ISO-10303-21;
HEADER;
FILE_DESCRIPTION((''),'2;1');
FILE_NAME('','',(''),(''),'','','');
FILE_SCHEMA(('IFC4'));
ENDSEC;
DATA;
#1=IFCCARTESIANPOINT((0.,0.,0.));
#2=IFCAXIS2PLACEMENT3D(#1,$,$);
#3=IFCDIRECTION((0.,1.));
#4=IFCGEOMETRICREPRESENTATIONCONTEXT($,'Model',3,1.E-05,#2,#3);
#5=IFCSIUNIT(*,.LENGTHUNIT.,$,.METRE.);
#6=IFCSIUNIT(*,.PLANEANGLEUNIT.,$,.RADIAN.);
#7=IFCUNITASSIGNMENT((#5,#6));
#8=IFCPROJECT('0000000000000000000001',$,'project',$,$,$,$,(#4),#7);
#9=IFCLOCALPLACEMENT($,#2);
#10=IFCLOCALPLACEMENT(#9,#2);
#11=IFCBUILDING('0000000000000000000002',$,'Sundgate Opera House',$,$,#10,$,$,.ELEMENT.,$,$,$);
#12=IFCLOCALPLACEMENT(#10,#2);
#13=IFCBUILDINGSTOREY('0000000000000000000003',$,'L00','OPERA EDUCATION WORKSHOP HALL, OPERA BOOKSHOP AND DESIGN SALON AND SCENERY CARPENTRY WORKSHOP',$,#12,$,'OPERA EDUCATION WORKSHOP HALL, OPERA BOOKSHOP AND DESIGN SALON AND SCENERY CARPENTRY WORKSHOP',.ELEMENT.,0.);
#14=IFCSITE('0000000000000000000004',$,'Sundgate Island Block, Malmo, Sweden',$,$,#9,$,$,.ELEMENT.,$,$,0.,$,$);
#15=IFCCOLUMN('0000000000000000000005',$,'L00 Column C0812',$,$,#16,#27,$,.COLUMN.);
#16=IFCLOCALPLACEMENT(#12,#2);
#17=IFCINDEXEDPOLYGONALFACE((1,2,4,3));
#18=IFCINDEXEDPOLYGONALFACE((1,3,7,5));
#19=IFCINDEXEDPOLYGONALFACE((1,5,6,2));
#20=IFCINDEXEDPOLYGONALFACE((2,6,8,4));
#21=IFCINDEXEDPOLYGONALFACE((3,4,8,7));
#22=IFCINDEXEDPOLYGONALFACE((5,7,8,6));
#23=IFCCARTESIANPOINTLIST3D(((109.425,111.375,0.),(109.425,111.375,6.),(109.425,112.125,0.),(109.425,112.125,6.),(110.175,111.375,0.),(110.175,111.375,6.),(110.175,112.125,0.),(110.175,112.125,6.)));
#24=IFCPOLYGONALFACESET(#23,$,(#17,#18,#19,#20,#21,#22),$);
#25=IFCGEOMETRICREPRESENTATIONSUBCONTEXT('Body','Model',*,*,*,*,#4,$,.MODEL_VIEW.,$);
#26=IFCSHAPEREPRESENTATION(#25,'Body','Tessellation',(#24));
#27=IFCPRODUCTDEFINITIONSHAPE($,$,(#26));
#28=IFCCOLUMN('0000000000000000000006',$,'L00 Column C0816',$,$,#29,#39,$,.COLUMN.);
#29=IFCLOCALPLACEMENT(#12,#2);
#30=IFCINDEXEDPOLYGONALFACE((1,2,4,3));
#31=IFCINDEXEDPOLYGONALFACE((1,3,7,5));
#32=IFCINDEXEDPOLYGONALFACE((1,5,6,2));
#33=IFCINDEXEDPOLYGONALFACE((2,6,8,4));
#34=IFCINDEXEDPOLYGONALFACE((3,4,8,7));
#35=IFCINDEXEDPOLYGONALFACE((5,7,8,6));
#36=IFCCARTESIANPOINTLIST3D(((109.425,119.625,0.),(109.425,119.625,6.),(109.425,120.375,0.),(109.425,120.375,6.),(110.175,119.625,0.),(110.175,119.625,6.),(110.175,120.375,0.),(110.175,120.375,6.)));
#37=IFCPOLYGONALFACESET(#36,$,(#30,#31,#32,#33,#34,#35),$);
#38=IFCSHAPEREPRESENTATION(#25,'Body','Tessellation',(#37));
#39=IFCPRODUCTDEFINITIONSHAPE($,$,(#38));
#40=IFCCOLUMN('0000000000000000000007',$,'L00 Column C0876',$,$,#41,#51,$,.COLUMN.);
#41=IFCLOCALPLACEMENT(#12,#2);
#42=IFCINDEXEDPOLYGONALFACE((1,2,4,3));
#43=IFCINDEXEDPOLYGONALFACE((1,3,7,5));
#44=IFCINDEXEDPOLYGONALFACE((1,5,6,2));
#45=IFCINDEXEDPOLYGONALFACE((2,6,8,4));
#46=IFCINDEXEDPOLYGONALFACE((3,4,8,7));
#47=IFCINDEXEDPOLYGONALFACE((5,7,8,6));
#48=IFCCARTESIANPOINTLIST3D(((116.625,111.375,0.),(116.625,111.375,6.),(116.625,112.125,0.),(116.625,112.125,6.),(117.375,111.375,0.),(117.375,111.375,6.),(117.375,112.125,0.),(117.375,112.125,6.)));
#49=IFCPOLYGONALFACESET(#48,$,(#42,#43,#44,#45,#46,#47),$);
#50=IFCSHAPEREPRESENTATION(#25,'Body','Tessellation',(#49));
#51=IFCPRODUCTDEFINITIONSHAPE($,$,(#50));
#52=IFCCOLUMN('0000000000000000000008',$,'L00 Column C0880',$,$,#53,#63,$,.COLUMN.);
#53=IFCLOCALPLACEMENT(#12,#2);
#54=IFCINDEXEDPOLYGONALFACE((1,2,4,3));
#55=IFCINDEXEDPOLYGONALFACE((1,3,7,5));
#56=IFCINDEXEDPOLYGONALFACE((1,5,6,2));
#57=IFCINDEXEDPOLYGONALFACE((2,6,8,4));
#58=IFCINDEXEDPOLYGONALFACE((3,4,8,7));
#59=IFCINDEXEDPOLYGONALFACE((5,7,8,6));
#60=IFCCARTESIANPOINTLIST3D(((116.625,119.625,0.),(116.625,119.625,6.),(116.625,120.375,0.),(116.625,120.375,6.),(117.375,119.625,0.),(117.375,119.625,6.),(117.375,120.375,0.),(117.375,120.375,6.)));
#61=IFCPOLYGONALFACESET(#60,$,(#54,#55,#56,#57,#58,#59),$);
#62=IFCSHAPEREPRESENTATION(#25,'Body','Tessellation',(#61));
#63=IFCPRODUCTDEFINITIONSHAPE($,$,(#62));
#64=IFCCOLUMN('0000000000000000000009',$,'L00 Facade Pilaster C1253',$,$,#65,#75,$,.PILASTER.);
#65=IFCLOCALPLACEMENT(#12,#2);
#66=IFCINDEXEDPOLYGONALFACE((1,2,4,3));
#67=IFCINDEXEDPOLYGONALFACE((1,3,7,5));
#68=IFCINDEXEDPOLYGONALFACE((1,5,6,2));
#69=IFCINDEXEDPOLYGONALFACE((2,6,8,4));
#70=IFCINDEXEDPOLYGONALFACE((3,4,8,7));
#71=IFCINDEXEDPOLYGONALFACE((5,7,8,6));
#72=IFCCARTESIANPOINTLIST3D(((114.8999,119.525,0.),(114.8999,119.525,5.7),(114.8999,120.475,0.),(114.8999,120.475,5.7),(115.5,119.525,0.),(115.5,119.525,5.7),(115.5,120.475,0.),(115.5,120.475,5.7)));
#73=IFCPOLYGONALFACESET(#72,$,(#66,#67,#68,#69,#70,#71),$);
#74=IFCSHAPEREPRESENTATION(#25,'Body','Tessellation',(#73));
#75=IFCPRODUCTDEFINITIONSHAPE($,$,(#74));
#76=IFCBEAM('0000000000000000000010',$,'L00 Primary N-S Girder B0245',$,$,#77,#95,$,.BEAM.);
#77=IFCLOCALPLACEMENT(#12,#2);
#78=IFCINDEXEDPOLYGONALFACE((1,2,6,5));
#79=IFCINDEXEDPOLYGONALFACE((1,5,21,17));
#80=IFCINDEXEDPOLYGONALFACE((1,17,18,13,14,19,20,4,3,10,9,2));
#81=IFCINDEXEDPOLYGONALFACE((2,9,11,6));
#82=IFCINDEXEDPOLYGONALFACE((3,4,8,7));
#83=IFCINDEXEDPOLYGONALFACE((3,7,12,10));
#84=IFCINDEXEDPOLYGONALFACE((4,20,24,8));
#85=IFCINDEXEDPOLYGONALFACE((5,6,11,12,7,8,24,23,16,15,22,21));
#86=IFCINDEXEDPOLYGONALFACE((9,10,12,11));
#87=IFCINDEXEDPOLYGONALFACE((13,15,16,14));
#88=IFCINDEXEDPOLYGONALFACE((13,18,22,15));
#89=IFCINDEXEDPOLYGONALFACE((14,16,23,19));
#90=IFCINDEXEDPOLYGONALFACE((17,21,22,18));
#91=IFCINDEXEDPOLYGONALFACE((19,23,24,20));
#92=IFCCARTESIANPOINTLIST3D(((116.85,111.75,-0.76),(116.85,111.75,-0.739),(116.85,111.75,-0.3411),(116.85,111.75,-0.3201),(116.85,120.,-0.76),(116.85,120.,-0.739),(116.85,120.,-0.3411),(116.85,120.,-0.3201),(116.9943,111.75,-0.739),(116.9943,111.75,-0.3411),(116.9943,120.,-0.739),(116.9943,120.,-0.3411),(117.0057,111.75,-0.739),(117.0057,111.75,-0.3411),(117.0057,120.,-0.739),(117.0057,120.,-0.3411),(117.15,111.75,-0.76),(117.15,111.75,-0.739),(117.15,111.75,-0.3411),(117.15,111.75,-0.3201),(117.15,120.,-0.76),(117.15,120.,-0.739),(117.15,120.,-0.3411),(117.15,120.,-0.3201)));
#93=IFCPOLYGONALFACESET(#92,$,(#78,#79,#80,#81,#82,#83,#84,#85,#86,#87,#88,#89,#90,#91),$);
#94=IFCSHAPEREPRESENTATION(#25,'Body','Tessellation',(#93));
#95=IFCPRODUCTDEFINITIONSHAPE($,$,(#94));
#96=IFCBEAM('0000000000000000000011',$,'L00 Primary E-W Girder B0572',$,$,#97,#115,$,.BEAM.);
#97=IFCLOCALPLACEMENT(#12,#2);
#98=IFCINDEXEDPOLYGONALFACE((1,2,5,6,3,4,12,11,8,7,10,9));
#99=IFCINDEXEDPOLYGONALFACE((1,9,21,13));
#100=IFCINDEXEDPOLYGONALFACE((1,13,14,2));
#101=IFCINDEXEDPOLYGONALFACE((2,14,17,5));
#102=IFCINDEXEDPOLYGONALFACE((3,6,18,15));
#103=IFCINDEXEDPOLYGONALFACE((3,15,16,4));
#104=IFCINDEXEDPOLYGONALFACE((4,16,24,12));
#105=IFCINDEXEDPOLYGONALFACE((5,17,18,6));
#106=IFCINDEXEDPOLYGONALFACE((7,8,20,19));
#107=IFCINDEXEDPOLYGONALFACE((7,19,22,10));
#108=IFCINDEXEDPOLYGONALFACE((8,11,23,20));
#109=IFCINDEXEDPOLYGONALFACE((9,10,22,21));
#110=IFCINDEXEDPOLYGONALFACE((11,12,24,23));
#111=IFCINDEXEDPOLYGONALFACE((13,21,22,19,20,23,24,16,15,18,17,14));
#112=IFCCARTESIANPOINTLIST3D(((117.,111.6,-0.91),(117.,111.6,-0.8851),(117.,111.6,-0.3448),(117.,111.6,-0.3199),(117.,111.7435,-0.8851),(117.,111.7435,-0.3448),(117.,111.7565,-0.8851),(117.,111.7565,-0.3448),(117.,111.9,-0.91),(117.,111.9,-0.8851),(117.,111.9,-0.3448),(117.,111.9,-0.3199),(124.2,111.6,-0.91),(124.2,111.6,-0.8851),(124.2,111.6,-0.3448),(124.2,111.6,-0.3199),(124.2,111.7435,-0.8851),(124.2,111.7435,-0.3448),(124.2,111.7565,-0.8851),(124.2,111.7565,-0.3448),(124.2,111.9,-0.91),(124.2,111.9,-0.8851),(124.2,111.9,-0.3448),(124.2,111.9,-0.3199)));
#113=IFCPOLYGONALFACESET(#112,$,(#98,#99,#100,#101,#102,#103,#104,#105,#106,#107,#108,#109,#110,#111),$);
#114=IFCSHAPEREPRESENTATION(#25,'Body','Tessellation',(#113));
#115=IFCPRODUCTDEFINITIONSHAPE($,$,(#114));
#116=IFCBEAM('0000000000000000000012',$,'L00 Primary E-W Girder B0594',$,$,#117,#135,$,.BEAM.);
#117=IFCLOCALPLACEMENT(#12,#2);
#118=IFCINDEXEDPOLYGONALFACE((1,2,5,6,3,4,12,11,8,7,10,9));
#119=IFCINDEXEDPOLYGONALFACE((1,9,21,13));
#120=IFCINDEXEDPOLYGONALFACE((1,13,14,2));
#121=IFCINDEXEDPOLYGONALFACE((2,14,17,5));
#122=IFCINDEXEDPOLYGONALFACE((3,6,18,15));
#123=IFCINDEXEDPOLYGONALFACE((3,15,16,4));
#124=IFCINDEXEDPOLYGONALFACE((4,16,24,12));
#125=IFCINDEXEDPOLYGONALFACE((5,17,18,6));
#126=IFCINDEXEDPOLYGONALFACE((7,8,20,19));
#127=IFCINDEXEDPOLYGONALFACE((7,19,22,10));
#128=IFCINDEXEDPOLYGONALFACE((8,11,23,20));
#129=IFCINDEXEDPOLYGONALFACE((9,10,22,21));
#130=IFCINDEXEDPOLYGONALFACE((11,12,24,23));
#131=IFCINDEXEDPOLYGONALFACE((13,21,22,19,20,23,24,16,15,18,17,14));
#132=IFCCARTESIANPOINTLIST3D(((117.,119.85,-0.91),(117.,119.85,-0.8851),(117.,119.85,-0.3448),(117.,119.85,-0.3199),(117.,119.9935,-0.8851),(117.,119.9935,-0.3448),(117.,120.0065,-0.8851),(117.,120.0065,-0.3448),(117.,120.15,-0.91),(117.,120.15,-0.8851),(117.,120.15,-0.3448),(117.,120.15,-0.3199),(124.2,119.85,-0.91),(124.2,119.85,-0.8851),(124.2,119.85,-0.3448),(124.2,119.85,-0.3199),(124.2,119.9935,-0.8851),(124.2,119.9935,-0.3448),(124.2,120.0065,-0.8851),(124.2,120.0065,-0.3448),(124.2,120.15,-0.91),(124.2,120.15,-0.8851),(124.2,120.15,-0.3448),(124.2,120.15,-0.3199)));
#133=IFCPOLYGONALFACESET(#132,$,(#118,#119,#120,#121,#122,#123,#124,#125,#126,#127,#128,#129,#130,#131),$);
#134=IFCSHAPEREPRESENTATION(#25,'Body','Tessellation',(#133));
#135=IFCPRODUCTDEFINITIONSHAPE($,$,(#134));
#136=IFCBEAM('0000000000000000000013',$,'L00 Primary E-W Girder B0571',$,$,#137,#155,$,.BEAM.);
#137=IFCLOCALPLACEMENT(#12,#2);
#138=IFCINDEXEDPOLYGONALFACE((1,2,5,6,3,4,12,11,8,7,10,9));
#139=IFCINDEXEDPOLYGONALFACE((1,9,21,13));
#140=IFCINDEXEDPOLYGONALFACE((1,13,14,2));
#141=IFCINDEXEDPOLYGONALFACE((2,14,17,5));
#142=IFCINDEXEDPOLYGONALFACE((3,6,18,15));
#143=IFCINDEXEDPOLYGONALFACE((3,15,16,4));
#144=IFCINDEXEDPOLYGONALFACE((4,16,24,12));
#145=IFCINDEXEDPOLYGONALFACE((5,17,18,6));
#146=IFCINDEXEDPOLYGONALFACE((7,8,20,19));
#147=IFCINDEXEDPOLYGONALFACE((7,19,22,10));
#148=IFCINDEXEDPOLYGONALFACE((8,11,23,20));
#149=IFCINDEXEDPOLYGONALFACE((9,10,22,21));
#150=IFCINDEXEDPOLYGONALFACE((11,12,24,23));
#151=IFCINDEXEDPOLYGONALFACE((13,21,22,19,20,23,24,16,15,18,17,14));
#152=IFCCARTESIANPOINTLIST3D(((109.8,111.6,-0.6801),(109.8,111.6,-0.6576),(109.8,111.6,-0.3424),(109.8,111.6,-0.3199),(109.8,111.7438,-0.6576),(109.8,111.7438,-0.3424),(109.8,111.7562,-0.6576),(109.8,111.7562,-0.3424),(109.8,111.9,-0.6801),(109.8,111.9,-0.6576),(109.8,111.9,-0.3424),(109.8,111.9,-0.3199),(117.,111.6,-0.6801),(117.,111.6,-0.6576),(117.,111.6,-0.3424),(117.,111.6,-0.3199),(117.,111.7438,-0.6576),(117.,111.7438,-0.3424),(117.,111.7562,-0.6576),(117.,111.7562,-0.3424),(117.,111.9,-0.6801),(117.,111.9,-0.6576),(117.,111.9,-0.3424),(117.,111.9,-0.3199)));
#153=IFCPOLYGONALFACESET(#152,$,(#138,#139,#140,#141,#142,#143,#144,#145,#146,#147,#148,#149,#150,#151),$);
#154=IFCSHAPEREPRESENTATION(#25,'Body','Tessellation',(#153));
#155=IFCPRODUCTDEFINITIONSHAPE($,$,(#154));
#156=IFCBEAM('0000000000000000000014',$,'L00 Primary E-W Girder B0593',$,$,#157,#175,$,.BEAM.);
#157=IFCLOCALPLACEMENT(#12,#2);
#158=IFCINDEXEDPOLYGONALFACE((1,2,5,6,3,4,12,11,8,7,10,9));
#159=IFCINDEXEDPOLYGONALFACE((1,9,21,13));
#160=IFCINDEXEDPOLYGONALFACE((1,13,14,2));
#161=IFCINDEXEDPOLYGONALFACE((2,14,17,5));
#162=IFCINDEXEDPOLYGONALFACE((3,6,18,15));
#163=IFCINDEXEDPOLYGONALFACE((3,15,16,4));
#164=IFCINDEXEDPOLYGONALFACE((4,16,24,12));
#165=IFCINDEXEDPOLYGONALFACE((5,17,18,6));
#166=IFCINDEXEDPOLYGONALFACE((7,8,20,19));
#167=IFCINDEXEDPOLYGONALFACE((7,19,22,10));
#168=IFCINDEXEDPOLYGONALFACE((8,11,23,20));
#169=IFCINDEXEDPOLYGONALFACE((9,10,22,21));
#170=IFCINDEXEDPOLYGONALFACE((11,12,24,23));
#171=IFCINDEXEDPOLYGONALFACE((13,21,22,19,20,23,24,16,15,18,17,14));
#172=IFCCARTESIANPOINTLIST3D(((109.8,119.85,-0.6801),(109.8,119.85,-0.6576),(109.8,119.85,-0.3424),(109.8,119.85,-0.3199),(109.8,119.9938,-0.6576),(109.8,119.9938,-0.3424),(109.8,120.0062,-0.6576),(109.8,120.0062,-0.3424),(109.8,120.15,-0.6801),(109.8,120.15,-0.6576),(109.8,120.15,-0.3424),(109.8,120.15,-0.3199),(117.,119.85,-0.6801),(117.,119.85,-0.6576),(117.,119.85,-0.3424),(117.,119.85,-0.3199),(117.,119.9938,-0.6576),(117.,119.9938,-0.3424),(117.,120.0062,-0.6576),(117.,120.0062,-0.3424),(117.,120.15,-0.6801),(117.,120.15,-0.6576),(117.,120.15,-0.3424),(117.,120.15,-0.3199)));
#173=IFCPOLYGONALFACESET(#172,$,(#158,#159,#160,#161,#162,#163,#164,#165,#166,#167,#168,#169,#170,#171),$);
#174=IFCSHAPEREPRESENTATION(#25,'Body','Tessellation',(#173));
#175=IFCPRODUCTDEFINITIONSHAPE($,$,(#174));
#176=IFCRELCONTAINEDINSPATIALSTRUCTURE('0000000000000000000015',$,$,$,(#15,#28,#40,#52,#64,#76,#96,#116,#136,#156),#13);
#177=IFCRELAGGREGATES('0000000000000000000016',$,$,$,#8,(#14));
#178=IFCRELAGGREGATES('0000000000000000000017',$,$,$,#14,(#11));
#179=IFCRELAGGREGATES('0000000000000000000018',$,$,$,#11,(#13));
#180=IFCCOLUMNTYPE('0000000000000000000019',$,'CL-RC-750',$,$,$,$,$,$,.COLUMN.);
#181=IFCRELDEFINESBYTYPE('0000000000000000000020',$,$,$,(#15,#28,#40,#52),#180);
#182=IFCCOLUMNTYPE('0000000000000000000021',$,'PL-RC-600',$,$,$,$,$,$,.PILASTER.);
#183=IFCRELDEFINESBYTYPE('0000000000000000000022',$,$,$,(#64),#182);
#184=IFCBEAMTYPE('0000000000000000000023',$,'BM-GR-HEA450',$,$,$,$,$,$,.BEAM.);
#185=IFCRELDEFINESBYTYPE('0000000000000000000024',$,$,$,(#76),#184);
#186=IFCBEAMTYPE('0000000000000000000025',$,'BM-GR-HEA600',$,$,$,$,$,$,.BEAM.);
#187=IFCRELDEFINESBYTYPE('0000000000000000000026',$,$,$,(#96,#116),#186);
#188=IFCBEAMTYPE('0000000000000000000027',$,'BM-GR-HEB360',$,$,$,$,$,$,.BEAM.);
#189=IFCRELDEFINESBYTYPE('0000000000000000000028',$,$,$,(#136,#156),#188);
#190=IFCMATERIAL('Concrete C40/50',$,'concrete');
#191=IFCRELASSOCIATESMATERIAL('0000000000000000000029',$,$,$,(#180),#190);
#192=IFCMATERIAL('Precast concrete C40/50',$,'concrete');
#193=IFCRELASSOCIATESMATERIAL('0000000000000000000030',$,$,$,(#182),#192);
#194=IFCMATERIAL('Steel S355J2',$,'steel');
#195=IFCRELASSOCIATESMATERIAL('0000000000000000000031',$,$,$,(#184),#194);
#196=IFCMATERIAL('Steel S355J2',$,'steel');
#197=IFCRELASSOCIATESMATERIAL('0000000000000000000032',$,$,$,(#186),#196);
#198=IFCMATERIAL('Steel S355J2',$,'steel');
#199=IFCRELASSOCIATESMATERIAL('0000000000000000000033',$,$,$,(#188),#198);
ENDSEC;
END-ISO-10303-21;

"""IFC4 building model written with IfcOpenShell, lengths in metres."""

from ifc_helpers import new_model, si_unit, direction, frame, origin, origin_2d, place, context, subcontext, project, spatial, rectangle, i_section, extrude, material, material_profile, profile_set, type_object, element, save


model = new_model("IFC4")

# Units and contexts
model_context = context("Model", 3, precision=1e-05, world=origin(), true_north=direction((0.0, 1.0)))
body_context = subcontext(model_context, "Body", "Model", "MODEL_VIEW")
ifc_project = project(units=[si_unit("LENGTHUNIT", "METRE"), si_unit("PLANEANGLEUNIT", "RADIAN")], contexts=[model_context])

# Site, building, storey
site_placement = place(None, origin())
site = spatial("IfcSite", under=ifc_project, at=site_placement, Name="Sundgate Island Block, Malmo, Sweden", CompositionType="ELEMENT", RefElevation=0.0)
building_placement = place(site_placement, origin())
building = spatial("IfcBuilding", under=site, at=building_placement, Name="Sundgate Opera House", CompositionType="ELEMENT")
storey_placement = place(building_placement, origin())
storey = spatial("IfcBuildingStorey", under=building, at=storey_placement, Name="L00", Description="OPERA EDUCATION WORKSHOP HALL, OPERA BOOKSHOP AND DESIGN SALON AND SCENERY CARPENTRY WORKSHOP", LongName="OPERA EDUCATION WORKSHOP HALL, OPERA BOOKSHOP AND DESIGN SALON AND SCENERY CARPENTRY WORKSHOP", CompositionType="ELEMENT", Elevation=0.0)

# Columns
ifc_material_1 = material(Name="Concrete C40/50", Category="concrete")
ifc_material_profile_1 = material_profile(ifc_material_1, rectangle(XDim=0.75, YDim=0.75, at=origin_2d()), Name="RC 750x750")
ifc_profile_set_1 = profile_set([ifc_material_profile_1], Name="Concrete C40/50")
column_type_1 = type_object("IfcColumnType", Name="CL-RC-750", PredefinedType="COLUMN", material=ifc_profile_set_1)
for number, where, z_axis, x_axis, name in (
    (1, (109.8, 111.75, 0.0), (0.0, 0.0, 1.0), (1.0, 0.0, 0.0), "L00 Column C0812"),
    (2, (109.8, 120.0, 0.0), (0.0, 0.0, 1.0), (1.0, 0.0, 0.0), "L00 Column C0816"),
    (3, (117.0, 111.75, 0.0), (0.0, 0.0, 1.0), (1.0, 0.0, 0.0), "L00 Column C0876"),
    (4, (117.0, 120.0, 0.0), (0.0, 0.0, 1.0), (1.0, 0.0, 0.0), "L00 Column C0880"),
):
    element("IfcColumn", number, at=place(storey_placement, frame(where, z_axis=z_axis, x_axis=x_axis)), inside=storey, type_object=column_type_1, Name=name, PredefinedType="COLUMN", context=body_context, shape_type="SweptSolid", body=[
        extrude(rectangle(XDim=0.75, YDim=0.75, at=origin_2d()), origin(), (0.0, 0.0, 1.0), 6.0),
    ])
ifc_material_2 = material(Name="Precast concrete C40/50", Category="concrete")
ifc_material_profile_2 = material_profile(ifc_material_2, rectangle(XDim=0.6001, YDim=0.95, at=origin_2d()), Name="RC 600x950")
ifc_profile_set_2 = profile_set([ifc_material_profile_2], Name="Precast concrete C40/50")
column_type_2 = type_object("IfcColumnType", Name="PL-RC-600", PredefinedType="PILASTER", material=ifc_profile_set_2)
column_placement = place(storey_placement, frame((115.2, 120.0, 0.0), z_axis=(0.0, 0.0, 1.0), x_axis=(1.0, 0.0, 0.0)))
element("IfcColumn", 5, at=column_placement, inside=storey, type_object=column_type_2, Name="L00 Facade Pilaster C1253", PredefinedType="PILASTER", context=body_context, shape_type="SweptSolid", body=[
    extrude(rectangle(XDim=0.6001, YDim=0.95, at=origin_2d()), origin(), (0.0, 0.0, 1.0), 5.7),
])

# Beams
ifc_material_3 = material(Name="Steel S355J2", Category="steel")
ifc_material_profile_3 = material_profile(ifc_material_3, i_section(OverallWidth=0.3, OverallDepth=0.4399, WebThickness=0.0115, FlangeThickness=0.021, at=origin_2d()), Name="HEA 450")
ifc_profile_set_3 = profile_set([ifc_material_profile_3], Name="Steel S355J2")
beam_type_1 = type_object("IfcBeamType", Name="BM-GR-HEA450", PredefinedType="BEAM", material=ifc_profile_set_3)
beam_1_placement = place(storey_placement, frame((117.0, 111.75, -0.54), z_axis=(0.0, 1.0, 0.0), x_axis=(-1.0, 0.0, 0.0)))
element("IfcBeam", 6, at=beam_1_placement, inside=storey, type_object=beam_type_1, Name="L00 Primary N-S Girder B0245", PredefinedType="BEAM", context=body_context, shape_type="SweptSolid", body=[
    extrude(i_section(OverallWidth=0.3, OverallDepth=0.4399, WebThickness=0.0115, FlangeThickness=0.021, at=origin_2d()), origin(), (0.0, 0.0, 1.0), 8.25),
])
ifc_material_4 = material(Name="Steel S355J2", Category="steel")
ifc_material_profile_4 = material_profile(ifc_material_4, i_section(OverallWidth=0.3, OverallDepth=0.5901, WebThickness=0.0129, FlangeThickness=0.0249, at=origin_2d()), Name="HEA 600")
ifc_profile_set_4 = profile_set([ifc_material_profile_4], Name="Steel S355J2")
beam_type_2 = type_object("IfcBeamType", Name="BM-GR-HEA600", PredefinedType="BEAM", material=ifc_profile_set_4)
for number, where, z_axis, x_axis, name in (
    (7, (117.0, 111.75, -0.615), (1.0, 0.0, 0.0), (0.0, 1.0, 0.0), "L00 Primary E-W Girder B0572"),
    (8, (117.0, 120.0, -0.615), (1.0, 0.0, 0.0), (0.0, 1.0, 0.0), "L00 Primary E-W Girder B0594"),
):
    element("IfcBeam", number, at=place(storey_placement, frame(where, z_axis=z_axis, x_axis=x_axis)), inside=storey, type_object=beam_type_2, Name=name, PredefinedType="BEAM", context=body_context, shape_type="SweptSolid", body=[
        extrude(i_section(OverallWidth=0.3, OverallDepth=0.5901, WebThickness=0.0129, FlangeThickness=0.0249, at=origin_2d()), origin(), (0.0, 0.0, 1.0), 7.2),
    ])
ifc_material_5 = material(Name="Steel S355J2", Category="steel")
ifc_material_profile_5 = material_profile(ifc_material_5, i_section(OverallWidth=0.3, OverallDepth=0.3601, WebThickness=0.0125, FlangeThickness=0.0225, at=origin_2d()), Name="HEB 360")
ifc_profile_set_5 = profile_set([ifc_material_profile_5], Name="Steel S355J2")
beam_type_3 = type_object("IfcBeamType", Name="BM-GR-HEB360", PredefinedType="BEAM", material=ifc_profile_set_5)
for number, where, z_axis, x_axis, name in (
    (9, (109.8, 111.75, -0.5), (1.0, 0.0, 0.0), (0.0, 1.0, 0.0), "L00 Primary E-W Girder B0571"),
    (10, (109.8, 120.0, -0.5), (1.0, 0.0, 0.0), (0.0, 1.0, 0.0), "L00 Primary E-W Girder B0593"),
):
    element("IfcBeam", number, at=place(storey_placement, frame(where, z_axis=z_axis, x_axis=x_axis)), inside=storey, type_object=beam_type_3, Name=name, PredefinedType="BEAM", context=body_context, shape_type="SweptSolid", body=[
        extrude(i_section(OverallWidth=0.3, OverallDepth=0.3601, WebThickness=0.0125, FlangeThickness=0.0225, at=origin_2d()), origin(), (0.0, 0.0, 1.0), 7.2),
    ])

save(model, "model.ifc")
